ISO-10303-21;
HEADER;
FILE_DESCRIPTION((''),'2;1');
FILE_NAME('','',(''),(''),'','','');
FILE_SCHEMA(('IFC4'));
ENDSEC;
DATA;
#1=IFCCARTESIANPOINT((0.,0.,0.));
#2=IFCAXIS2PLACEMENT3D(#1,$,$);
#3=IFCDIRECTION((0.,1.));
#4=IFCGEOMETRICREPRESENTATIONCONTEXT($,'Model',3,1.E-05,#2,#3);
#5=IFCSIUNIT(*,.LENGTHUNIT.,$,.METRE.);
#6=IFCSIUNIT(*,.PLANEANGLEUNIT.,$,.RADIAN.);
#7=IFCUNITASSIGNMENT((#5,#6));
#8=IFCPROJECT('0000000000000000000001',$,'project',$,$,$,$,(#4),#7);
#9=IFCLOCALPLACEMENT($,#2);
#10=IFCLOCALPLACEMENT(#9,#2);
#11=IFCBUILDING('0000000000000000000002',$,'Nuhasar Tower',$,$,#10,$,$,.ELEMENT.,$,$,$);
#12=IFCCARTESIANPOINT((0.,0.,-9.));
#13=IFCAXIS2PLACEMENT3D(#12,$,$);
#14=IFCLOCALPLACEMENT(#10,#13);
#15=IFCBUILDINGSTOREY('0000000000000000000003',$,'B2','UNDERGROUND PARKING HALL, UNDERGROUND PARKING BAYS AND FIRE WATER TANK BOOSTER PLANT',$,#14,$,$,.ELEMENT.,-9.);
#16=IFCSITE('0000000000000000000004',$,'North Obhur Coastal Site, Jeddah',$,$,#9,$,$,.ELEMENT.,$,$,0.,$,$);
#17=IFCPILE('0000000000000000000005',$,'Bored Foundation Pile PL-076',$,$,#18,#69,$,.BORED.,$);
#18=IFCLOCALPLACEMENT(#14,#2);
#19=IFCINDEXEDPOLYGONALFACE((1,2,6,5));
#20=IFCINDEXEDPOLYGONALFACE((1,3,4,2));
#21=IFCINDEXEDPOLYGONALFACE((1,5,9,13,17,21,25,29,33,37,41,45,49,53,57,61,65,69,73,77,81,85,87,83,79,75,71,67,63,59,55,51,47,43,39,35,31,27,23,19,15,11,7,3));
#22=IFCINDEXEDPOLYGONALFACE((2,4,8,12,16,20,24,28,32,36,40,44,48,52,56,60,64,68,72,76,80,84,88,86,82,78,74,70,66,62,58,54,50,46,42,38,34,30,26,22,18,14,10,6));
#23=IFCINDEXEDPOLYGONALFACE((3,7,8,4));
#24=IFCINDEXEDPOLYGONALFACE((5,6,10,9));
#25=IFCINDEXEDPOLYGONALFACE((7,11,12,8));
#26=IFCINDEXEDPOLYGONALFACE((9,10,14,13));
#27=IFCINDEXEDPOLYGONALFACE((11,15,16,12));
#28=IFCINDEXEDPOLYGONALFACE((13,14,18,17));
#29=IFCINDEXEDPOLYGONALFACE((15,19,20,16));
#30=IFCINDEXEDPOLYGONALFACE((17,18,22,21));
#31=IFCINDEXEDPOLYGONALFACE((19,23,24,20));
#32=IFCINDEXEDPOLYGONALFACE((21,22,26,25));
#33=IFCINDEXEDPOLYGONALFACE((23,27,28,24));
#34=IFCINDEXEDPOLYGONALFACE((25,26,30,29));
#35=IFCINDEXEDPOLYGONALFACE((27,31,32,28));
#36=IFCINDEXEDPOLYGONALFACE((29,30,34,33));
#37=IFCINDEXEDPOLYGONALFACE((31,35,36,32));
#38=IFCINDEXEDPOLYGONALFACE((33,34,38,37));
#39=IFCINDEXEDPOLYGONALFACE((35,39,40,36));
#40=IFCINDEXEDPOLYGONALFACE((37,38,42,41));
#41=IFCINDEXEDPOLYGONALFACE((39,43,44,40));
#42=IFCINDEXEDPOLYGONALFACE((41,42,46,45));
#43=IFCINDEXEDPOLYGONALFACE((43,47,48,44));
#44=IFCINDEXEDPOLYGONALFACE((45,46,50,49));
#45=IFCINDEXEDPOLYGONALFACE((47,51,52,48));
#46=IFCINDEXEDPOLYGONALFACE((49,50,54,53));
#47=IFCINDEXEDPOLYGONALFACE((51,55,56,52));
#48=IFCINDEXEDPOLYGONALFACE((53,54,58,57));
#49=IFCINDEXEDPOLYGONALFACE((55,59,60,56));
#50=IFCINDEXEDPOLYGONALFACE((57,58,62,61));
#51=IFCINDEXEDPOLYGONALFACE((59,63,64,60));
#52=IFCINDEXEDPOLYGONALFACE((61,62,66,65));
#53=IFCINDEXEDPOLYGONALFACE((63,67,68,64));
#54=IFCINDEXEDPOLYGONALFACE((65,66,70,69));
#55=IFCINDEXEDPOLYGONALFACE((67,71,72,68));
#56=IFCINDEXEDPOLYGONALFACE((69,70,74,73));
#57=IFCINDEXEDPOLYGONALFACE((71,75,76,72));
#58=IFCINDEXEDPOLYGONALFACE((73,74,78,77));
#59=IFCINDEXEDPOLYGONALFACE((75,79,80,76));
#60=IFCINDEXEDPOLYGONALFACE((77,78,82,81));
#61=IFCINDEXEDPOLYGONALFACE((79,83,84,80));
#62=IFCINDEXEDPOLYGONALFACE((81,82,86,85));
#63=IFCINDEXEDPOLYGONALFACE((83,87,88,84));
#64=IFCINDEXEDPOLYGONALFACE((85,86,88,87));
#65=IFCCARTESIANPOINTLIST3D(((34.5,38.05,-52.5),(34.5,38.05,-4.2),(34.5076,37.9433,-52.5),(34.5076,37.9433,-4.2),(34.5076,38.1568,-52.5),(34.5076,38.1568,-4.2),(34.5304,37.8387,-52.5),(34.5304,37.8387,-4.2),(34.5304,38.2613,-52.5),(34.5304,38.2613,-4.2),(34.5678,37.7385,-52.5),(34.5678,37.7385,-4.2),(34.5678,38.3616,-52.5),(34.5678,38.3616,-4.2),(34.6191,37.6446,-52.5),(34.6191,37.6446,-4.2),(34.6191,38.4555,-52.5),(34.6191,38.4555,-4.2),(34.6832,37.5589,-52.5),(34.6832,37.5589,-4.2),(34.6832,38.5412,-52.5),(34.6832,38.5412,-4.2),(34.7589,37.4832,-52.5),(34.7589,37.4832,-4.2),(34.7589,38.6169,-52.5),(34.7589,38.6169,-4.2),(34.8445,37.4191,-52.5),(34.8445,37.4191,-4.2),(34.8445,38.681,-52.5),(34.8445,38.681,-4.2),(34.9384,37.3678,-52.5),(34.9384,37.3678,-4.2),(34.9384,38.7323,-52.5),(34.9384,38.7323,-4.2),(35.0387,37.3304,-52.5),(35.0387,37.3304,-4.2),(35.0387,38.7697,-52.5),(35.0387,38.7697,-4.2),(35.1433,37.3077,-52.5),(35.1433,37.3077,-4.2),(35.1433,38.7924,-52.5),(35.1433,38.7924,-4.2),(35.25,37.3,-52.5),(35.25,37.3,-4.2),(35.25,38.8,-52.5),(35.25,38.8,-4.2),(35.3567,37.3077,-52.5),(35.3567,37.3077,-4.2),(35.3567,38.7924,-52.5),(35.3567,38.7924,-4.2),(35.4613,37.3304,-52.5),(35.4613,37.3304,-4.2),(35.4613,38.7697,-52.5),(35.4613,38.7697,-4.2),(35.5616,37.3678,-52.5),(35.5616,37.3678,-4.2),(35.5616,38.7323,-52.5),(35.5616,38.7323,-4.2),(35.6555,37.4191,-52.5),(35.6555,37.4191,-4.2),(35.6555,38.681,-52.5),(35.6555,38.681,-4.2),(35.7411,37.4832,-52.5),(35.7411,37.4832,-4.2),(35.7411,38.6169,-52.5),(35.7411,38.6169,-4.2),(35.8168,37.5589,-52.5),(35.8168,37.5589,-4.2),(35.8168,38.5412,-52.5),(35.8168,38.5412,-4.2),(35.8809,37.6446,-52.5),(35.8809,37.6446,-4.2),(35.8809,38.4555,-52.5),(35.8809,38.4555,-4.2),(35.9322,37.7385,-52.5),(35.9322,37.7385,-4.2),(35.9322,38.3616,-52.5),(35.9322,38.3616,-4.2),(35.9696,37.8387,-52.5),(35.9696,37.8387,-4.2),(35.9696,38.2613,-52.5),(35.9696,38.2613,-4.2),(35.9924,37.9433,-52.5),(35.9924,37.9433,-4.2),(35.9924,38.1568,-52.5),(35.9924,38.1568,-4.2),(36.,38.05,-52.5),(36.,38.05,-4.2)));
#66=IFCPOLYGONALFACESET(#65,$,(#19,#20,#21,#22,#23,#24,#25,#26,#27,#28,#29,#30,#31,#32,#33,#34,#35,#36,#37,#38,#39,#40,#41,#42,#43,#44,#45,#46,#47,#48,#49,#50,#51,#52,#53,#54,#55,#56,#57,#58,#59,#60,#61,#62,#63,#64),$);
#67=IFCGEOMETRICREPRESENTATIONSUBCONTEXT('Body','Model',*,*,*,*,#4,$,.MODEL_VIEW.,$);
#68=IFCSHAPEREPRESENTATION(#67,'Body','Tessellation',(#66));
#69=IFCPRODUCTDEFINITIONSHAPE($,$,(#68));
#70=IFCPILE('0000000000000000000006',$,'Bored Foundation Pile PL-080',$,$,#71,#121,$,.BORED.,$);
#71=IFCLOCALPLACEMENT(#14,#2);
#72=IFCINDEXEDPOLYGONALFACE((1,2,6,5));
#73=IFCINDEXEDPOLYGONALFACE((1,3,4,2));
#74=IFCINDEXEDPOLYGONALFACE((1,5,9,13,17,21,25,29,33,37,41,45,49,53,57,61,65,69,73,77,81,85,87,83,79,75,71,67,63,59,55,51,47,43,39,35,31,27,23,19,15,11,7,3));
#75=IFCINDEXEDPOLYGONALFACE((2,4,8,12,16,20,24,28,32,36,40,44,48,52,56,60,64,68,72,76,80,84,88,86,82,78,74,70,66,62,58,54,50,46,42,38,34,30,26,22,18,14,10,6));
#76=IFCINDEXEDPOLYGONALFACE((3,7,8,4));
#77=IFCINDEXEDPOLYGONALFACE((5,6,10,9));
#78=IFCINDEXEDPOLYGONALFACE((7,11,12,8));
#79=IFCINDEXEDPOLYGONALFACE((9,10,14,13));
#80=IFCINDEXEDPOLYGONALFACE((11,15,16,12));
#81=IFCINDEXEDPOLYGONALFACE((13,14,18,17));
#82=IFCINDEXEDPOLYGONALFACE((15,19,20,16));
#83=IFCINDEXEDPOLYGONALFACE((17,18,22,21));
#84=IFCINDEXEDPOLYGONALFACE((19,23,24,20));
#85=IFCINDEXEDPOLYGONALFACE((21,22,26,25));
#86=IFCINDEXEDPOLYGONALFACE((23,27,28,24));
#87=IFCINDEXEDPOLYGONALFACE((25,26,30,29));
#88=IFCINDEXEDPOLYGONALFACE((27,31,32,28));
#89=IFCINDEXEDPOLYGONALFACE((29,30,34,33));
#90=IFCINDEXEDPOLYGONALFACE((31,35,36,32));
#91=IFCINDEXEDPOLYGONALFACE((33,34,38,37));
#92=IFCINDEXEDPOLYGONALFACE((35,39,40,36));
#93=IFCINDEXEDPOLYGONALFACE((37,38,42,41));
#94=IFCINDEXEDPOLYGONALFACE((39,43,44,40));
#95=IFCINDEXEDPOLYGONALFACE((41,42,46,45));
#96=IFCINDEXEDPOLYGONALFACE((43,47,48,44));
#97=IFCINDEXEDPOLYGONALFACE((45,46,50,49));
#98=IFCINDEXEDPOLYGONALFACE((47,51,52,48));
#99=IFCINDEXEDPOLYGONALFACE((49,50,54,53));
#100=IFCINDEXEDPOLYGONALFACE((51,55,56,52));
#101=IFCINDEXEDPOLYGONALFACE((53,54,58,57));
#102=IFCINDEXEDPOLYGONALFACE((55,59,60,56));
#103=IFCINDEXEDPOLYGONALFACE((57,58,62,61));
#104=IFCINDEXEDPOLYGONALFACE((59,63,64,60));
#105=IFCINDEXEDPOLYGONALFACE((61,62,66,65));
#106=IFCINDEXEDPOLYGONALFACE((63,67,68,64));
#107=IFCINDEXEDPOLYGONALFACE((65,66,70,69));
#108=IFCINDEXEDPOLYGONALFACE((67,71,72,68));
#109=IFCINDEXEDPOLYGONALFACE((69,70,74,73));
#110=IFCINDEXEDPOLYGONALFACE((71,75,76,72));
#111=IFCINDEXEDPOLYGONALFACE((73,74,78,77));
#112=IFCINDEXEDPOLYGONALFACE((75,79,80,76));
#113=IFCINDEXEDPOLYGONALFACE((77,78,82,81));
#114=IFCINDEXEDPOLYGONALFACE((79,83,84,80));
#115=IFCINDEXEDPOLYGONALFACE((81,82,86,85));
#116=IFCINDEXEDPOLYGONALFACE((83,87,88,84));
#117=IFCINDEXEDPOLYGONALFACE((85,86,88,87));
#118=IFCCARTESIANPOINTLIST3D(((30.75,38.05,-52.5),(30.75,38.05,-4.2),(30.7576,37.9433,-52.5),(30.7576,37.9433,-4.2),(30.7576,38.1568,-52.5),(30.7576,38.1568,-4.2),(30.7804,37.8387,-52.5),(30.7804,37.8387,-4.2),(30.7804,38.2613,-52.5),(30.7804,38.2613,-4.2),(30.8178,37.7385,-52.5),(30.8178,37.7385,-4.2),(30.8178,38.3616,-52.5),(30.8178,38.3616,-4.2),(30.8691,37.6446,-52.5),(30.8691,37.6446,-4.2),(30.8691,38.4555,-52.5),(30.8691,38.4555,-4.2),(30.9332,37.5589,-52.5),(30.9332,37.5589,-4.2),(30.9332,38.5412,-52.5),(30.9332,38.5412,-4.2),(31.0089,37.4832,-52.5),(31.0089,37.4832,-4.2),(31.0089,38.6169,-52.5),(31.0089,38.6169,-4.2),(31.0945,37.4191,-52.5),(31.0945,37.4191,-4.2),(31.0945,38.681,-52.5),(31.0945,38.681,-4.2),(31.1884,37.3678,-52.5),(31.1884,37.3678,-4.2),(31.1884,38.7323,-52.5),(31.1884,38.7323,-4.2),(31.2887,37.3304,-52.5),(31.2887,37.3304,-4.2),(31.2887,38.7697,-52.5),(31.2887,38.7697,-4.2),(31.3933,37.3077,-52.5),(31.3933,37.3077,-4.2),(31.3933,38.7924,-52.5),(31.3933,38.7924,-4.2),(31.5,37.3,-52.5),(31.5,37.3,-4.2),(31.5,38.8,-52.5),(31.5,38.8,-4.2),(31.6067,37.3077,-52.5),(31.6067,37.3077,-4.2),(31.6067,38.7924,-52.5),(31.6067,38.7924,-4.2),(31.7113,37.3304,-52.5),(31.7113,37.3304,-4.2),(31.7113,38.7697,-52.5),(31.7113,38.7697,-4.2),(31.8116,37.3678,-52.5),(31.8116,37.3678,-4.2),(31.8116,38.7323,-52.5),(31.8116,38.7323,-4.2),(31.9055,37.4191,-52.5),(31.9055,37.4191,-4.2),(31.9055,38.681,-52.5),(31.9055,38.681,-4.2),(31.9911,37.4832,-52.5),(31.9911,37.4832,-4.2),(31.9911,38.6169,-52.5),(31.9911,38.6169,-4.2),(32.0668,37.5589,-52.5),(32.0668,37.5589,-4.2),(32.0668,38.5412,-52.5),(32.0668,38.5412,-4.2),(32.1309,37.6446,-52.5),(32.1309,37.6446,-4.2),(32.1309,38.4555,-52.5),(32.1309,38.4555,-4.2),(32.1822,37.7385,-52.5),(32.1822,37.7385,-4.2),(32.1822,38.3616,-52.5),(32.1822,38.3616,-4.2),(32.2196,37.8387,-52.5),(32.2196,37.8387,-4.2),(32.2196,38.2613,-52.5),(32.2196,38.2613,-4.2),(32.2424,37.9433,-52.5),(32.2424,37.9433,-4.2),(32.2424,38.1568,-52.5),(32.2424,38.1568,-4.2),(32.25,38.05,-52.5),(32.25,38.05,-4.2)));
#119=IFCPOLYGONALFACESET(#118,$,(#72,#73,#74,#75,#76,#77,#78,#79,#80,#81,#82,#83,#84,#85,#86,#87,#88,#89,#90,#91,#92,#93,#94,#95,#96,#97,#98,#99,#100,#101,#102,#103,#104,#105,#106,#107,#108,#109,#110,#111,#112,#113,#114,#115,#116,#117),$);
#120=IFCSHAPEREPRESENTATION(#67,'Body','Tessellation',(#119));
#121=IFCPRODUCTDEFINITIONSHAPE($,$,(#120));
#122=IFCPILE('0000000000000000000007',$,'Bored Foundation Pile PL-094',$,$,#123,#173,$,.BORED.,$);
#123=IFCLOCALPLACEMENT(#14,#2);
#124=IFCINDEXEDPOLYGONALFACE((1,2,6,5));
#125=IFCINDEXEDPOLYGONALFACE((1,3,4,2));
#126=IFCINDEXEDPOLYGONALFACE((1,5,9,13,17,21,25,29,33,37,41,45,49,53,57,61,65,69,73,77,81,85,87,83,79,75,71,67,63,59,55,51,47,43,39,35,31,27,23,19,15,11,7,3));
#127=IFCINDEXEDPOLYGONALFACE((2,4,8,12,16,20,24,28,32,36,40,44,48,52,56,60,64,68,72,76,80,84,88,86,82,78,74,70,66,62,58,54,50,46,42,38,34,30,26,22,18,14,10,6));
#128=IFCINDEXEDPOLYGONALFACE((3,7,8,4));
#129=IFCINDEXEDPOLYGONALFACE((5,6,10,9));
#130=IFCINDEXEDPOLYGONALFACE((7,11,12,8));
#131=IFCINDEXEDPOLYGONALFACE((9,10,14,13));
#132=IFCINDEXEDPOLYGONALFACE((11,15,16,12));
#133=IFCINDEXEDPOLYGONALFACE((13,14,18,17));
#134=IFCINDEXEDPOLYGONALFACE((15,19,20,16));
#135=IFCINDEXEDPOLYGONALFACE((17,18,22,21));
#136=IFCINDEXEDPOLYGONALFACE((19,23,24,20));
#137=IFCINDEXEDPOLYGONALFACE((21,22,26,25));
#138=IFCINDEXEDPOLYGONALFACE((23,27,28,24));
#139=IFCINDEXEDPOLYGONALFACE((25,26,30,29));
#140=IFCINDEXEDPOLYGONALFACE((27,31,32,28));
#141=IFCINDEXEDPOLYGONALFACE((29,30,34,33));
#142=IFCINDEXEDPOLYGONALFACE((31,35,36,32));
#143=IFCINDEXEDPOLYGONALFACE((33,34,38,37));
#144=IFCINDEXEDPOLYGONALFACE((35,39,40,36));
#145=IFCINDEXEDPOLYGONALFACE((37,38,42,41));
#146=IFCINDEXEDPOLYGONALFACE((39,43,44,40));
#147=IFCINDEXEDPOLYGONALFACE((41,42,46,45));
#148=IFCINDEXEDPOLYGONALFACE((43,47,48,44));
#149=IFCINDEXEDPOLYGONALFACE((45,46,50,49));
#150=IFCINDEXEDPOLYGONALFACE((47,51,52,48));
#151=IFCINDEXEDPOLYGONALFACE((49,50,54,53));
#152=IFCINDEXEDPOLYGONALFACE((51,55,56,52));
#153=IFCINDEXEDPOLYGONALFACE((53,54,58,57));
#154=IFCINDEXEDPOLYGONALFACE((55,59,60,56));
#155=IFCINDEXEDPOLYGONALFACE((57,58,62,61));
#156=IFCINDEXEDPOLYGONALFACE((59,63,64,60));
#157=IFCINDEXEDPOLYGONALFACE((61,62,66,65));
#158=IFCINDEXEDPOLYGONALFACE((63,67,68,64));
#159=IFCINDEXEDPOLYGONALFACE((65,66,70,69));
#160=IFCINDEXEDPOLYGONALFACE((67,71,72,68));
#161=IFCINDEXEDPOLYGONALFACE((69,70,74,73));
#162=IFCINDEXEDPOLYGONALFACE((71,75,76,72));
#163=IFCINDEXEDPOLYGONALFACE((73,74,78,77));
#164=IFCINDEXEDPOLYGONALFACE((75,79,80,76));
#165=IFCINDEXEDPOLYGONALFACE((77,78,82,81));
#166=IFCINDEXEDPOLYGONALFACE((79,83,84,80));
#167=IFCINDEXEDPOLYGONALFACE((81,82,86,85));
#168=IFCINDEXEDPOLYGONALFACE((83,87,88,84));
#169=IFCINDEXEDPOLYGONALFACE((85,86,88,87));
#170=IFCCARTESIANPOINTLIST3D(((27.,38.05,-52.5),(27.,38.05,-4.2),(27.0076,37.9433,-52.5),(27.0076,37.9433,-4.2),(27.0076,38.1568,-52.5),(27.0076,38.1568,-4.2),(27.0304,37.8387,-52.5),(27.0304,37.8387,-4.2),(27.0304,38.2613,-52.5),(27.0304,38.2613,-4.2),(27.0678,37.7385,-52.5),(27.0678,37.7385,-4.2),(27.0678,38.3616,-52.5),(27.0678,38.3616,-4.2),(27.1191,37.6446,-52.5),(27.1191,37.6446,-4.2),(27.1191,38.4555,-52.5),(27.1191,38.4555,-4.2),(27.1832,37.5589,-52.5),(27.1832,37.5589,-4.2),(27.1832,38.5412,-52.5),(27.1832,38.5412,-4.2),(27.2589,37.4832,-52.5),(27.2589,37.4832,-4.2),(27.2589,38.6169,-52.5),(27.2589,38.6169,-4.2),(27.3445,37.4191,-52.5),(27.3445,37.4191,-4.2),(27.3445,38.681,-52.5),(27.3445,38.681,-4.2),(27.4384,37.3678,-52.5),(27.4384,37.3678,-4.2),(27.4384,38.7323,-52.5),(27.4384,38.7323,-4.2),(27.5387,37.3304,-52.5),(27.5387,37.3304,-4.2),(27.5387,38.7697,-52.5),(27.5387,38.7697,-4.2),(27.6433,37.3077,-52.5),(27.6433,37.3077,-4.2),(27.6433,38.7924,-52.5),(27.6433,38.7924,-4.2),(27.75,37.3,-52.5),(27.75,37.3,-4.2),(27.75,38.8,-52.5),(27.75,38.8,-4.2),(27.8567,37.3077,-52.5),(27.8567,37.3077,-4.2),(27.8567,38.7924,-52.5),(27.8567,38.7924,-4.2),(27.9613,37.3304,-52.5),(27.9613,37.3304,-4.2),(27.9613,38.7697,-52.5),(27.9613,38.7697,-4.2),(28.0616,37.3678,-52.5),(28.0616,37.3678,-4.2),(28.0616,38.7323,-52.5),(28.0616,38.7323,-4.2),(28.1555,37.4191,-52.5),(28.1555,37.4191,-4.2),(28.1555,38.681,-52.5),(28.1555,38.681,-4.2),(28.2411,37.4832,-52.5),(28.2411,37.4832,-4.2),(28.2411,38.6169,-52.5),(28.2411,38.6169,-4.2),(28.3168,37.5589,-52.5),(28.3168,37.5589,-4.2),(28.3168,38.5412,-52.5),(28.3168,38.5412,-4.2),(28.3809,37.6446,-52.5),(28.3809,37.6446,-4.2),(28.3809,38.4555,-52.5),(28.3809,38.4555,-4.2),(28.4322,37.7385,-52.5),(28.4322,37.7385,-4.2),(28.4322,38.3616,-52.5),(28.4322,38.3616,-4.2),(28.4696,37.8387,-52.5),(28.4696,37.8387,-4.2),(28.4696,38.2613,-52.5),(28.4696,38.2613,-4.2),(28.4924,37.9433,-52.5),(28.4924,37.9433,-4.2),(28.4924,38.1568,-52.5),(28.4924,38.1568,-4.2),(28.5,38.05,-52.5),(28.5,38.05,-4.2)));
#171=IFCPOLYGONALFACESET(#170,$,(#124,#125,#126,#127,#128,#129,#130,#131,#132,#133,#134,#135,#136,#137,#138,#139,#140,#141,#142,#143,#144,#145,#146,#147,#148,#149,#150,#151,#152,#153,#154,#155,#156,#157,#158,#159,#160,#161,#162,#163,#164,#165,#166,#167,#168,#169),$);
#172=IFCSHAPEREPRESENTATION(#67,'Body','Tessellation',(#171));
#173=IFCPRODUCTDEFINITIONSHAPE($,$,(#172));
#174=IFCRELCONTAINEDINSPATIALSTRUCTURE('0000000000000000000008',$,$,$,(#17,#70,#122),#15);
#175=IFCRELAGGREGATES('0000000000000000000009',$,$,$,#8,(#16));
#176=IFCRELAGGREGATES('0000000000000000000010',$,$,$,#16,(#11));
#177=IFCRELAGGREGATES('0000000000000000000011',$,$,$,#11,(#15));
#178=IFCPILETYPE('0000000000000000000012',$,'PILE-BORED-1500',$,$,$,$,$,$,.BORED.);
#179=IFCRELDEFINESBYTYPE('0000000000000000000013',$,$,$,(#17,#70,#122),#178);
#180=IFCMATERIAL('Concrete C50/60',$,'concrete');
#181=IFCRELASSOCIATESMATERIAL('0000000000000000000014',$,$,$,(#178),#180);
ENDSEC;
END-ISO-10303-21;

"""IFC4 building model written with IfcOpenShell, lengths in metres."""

from ifc_helpers import new_model, si_unit, direction, frame, origin, origin_2d, place, context, subcontext, project, spatial, circle, extrude, material, material_profile, profile_set, type_object, element, save


model = new_model("IFC4")

# Units and contexts
model_context = context("Model", 3, precision=1e-05, world=origin(), true_north=direction((0.0, 1.0)))
body_context = subcontext(model_context, "Body", "Model", "MODEL_VIEW")
ifc_project = project(units=[si_unit("LENGTHUNIT", "METRE"), si_unit("PLANEANGLEUNIT", "RADIAN")], contexts=[model_context])

# Site, building, storey
site_placement = place(None, origin())
site = spatial("IfcSite", under=ifc_project, at=site_placement, Name="North Obhur Coastal Site, Jeddah", CompositionType="ELEMENT", RefElevation=0.0)
building_placement = place(site_placement, origin())
building = spatial("IfcBuilding", under=site, at=building_placement, Name="Nuhasar Tower", CompositionType="ELEMENT")
storey_placement = place(building_placement, frame((0.0, 0.0, -9.0)))
storey = spatial("IfcBuildingStorey", under=building, at=storey_placement, Name="B2", Description="UNDERGROUND PARKING HALL, UNDERGROUND PARKING BAYS AND FIRE WATER TANK BOOSTER PLANT", CompositionType="ELEMENT", Elevation=-9.0)

# Piles
ifc_material_1 = material(Name="Concrete C50/60", Category="concrete")
ifc_material_profile_1 = material_profile(ifc_material_1, circle(Radius=0.75, at=origin_2d()), Name="PILE1500")
ifc_profile_set_1 = profile_set([ifc_material_profile_1], Name="Concrete C50/60")
pile_type = type_object("IfcPileType", Name="PILE-BORED-1500", PredefinedType="BORED", material=ifc_profile_set_1)
for number, where, z_axis, x_axis, name in (
    (1, (35.25, 38.05, -4.2), (0.0, 0.0, -1.0), (1.0, 0.0, 0.0), "Bored Foundation Pile PL-076"),
    (2, (31.5, 38.05, -4.2), (0.0, 0.0, -1.0), (1.0, 0.0, 0.0), "Bored Foundation Pile PL-080"),
    (3, (27.75, 38.05, -4.2), (0.0, 0.0, -1.0), (1.0, 0.0, 0.0), "Bored Foundation Pile PL-094"),
):
    element("IfcPile", number, at=place(storey_placement, frame(where, z_axis=z_axis, x_axis=x_axis)), inside=storey, type_object=pile_type, Name=name, PredefinedType="BORED", context=body_context, shape_type="SweptSolid", body=[
        extrude(circle(Radius=0.75, at=origin_2d()), origin(), (0.0, 0.0, 1.0), 48.3),
    ])

save(model, "model.ifc")
